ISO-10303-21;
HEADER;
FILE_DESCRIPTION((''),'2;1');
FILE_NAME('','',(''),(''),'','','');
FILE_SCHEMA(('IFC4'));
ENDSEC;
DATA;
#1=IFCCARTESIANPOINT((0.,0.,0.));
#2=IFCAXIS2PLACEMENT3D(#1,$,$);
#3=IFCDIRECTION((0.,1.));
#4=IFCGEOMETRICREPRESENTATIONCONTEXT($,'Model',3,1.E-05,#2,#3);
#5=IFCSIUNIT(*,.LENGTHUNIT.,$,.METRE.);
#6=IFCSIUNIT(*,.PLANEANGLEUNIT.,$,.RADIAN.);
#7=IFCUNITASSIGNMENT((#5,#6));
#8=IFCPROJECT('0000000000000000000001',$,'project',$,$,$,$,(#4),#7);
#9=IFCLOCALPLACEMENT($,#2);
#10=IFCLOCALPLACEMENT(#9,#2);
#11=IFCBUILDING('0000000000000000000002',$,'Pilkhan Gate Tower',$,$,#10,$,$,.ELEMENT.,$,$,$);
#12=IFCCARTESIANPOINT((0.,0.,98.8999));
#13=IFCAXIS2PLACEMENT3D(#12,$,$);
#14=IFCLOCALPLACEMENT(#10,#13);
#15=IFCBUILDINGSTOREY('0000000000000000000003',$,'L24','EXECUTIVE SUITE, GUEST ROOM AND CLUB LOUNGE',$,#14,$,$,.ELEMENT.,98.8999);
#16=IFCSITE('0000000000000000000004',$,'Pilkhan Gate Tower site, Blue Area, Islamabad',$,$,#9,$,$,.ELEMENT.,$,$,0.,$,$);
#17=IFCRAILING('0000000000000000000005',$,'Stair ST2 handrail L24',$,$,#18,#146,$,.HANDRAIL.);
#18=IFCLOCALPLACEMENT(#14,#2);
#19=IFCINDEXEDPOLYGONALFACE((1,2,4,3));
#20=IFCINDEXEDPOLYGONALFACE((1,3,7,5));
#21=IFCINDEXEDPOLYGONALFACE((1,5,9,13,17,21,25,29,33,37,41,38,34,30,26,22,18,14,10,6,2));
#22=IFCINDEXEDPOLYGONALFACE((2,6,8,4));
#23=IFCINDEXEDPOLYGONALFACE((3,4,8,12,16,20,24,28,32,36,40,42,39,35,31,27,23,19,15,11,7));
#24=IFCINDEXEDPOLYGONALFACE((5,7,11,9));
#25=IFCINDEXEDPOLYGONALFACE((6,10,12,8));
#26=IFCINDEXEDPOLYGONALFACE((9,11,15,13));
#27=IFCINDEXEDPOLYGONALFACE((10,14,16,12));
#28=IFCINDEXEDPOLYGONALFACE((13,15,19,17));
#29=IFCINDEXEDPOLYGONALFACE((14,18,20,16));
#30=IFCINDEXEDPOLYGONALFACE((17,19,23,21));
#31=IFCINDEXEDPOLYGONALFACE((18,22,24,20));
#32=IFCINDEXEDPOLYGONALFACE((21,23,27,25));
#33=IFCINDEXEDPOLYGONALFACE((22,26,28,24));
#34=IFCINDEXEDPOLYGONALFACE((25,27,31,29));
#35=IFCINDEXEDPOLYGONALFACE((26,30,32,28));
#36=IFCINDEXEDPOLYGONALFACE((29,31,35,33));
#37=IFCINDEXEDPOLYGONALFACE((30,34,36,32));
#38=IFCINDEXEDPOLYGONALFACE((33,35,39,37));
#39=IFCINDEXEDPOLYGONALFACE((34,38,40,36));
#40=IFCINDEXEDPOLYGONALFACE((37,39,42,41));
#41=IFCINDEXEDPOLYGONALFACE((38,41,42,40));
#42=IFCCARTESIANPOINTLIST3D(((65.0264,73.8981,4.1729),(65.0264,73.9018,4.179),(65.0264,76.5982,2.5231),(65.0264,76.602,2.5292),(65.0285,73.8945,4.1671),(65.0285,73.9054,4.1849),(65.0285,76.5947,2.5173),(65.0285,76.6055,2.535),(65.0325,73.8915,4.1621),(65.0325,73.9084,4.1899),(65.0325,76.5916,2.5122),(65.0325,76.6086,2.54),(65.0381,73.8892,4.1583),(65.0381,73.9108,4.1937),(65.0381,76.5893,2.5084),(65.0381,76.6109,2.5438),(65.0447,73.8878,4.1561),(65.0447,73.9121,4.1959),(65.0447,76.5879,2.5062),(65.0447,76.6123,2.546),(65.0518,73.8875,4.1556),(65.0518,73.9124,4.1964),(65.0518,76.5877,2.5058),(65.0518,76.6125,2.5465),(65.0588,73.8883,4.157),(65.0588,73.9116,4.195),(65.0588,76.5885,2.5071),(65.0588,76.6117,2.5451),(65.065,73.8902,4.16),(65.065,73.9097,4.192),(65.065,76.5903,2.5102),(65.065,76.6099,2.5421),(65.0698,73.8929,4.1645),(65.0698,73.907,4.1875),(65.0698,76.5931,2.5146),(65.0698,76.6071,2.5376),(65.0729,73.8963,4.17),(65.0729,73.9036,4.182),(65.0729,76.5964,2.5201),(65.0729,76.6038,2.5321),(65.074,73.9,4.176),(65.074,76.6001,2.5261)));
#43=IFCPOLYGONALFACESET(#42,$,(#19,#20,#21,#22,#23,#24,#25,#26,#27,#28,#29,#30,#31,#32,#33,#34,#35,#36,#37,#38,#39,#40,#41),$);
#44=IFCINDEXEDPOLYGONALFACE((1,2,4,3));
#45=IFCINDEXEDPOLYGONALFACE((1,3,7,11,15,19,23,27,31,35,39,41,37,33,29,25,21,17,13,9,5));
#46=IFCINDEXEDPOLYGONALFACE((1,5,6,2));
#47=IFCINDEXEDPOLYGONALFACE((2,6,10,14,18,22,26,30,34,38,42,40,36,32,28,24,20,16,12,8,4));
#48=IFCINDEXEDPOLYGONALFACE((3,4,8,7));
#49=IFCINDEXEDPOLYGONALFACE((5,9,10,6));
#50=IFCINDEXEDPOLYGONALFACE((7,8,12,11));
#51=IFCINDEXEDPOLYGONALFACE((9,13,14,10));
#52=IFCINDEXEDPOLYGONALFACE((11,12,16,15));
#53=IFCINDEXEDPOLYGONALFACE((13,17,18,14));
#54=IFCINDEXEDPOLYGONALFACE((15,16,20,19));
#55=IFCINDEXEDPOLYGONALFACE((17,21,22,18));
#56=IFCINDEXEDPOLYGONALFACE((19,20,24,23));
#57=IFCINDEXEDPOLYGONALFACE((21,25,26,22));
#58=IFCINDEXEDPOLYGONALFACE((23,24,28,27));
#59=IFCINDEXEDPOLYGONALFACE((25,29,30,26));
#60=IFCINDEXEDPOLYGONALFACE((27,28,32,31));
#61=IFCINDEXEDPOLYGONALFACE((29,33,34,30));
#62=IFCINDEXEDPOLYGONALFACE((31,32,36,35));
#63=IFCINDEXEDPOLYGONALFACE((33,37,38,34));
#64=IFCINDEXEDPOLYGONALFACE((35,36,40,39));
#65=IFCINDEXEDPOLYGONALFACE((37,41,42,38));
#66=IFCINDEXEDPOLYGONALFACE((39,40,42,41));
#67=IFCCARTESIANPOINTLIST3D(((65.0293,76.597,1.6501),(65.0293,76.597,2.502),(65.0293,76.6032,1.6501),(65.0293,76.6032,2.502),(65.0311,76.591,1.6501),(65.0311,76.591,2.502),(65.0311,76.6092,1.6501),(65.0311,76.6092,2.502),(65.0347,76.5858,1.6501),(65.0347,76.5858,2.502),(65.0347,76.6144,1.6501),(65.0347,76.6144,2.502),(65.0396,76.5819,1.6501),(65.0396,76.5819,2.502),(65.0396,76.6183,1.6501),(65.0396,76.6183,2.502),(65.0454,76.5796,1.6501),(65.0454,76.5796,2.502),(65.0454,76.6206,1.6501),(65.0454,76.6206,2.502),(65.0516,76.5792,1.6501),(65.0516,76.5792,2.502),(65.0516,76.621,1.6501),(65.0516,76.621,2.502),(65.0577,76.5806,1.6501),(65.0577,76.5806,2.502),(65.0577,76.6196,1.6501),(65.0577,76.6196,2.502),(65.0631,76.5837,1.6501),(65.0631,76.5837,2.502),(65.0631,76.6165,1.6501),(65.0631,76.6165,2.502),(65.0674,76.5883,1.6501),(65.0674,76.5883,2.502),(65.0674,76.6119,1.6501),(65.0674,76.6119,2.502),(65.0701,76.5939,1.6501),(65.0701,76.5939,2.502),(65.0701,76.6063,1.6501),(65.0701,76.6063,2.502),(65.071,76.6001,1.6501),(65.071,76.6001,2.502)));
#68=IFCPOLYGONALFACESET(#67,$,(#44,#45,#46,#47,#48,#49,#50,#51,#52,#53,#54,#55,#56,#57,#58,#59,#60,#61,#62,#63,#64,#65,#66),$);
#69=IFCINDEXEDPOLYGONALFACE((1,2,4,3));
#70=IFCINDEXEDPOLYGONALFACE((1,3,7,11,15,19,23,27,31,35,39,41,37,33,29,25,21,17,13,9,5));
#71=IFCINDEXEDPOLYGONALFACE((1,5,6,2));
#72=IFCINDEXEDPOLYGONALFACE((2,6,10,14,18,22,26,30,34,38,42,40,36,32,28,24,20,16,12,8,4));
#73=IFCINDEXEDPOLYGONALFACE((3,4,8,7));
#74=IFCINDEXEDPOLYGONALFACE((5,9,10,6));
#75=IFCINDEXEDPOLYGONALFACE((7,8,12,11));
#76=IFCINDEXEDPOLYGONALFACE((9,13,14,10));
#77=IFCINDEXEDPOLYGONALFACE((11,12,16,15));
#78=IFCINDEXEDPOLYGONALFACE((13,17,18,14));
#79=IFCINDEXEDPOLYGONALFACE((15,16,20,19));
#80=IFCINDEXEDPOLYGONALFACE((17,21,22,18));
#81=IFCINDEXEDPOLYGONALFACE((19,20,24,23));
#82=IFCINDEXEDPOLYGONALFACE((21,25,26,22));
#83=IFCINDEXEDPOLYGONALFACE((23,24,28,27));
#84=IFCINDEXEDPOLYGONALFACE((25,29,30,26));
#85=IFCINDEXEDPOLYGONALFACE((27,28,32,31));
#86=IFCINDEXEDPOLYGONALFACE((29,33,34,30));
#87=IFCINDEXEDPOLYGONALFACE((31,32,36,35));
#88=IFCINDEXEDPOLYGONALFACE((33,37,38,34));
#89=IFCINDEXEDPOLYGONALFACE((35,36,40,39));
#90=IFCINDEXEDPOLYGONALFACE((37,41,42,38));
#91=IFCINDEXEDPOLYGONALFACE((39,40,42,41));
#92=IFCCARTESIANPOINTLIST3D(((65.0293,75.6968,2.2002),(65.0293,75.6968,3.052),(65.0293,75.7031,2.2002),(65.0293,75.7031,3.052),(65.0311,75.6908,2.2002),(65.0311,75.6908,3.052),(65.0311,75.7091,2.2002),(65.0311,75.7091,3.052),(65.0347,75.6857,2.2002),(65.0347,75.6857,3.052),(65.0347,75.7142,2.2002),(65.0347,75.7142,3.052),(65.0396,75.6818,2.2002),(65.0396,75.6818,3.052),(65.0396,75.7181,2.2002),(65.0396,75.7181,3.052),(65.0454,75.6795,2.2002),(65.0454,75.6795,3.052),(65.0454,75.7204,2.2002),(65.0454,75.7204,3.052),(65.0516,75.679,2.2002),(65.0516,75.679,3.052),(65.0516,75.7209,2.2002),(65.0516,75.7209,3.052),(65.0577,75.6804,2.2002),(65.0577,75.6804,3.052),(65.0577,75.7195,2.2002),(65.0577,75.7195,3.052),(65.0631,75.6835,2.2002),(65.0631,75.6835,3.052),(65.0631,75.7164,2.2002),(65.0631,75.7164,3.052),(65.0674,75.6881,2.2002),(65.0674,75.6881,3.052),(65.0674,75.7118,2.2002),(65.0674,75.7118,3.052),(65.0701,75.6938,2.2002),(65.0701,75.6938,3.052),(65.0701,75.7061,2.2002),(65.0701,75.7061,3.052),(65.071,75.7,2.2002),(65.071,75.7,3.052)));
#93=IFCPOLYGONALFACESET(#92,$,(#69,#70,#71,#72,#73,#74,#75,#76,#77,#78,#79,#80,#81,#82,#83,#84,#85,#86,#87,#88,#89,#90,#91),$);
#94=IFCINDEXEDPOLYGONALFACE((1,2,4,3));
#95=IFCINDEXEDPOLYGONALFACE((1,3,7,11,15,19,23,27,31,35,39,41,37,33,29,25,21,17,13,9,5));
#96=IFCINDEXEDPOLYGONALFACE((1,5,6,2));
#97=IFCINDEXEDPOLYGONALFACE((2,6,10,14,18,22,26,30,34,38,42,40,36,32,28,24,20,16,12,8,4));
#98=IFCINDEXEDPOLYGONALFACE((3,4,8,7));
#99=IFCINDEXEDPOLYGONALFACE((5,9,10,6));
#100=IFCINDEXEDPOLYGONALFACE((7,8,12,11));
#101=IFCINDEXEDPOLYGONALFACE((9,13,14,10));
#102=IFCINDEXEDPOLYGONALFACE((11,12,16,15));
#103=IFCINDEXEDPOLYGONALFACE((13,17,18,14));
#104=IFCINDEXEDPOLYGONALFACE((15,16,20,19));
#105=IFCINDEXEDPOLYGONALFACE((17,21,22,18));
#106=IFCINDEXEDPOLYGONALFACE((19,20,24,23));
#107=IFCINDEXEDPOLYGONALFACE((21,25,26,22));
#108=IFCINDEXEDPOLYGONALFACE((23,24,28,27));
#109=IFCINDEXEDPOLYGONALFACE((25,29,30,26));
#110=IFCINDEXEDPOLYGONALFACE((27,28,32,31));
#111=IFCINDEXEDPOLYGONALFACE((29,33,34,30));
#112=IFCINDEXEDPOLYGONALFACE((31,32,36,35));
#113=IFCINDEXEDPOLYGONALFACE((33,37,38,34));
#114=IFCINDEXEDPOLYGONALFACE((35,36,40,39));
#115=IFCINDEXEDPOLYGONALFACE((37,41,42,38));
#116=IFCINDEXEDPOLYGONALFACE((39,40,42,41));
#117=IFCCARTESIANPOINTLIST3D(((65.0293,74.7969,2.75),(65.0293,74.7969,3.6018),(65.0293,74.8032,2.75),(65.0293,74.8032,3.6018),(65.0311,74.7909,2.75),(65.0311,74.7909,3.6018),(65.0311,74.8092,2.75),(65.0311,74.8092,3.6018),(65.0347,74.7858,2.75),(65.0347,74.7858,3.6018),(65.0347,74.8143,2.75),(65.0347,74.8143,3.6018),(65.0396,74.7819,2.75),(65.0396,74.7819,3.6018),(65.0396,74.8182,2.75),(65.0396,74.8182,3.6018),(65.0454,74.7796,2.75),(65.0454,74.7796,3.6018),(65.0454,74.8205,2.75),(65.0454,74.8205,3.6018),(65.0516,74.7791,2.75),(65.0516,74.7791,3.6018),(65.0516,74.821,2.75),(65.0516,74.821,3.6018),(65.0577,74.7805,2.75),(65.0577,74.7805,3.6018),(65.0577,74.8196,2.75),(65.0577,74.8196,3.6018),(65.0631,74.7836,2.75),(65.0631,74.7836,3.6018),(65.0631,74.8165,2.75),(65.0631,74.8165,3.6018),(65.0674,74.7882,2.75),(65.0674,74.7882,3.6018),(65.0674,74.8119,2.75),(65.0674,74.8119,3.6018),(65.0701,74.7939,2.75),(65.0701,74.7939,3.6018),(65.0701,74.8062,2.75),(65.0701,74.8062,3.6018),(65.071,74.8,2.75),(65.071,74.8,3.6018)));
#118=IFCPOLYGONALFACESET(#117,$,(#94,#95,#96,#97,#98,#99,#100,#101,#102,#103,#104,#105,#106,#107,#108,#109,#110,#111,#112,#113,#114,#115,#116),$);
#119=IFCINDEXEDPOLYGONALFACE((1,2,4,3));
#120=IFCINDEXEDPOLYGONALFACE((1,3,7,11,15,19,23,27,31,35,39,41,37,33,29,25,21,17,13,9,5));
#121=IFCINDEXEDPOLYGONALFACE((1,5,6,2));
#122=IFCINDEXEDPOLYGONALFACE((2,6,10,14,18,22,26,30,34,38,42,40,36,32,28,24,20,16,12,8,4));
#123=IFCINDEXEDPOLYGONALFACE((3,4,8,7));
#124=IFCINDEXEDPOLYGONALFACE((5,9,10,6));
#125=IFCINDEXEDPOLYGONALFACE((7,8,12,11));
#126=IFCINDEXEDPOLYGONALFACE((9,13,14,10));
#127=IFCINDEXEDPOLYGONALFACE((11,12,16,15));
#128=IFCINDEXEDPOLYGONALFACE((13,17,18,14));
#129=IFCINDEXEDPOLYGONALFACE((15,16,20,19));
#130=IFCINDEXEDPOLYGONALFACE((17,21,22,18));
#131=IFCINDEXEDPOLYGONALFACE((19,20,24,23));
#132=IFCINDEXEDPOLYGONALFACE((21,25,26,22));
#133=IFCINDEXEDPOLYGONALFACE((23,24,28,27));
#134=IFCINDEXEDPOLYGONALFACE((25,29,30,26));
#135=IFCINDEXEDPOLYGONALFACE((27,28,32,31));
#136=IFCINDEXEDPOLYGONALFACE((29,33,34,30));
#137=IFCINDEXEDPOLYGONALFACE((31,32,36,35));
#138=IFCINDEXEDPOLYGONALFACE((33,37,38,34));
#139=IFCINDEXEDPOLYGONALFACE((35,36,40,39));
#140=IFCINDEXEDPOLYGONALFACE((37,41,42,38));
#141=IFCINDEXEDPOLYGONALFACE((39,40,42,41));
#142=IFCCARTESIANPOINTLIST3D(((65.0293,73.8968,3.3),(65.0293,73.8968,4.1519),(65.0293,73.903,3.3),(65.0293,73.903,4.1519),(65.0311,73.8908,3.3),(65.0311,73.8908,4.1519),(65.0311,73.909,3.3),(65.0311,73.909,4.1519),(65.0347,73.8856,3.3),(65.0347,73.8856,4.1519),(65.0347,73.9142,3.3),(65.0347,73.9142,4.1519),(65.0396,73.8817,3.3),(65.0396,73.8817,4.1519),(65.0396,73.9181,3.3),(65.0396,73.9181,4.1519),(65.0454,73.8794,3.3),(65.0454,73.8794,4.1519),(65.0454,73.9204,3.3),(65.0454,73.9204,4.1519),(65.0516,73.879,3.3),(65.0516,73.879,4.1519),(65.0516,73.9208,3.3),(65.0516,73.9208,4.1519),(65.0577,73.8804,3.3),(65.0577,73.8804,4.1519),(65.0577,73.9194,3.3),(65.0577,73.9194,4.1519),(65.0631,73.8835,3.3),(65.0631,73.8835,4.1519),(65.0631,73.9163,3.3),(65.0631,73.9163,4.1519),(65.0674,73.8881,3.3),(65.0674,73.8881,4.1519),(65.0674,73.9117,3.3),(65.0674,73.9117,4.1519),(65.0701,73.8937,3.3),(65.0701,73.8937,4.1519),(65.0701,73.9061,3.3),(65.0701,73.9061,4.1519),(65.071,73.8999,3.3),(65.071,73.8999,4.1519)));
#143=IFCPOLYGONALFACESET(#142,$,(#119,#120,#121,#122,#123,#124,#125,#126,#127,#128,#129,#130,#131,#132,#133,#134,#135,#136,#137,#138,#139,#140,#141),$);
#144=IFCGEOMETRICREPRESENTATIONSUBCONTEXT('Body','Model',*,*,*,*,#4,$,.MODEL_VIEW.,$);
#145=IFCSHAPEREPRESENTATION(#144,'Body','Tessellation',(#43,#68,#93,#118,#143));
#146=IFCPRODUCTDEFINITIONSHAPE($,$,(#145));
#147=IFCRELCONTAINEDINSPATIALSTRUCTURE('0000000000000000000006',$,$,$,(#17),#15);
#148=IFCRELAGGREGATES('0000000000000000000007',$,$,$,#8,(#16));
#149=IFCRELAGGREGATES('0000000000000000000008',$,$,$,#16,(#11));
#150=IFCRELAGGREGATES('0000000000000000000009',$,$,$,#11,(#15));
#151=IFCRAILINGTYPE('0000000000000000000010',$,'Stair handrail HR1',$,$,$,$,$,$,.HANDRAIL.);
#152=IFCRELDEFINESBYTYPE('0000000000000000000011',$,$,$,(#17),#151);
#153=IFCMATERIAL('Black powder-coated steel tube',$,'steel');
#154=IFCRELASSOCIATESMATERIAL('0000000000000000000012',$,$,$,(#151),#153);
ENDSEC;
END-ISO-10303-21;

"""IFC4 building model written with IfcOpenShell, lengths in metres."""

from ifc_helpers import new_model, si_unit, direction, frame, origin, origin_2d, place, context, subcontext, project, spatial, circle, extrude, material, type_object, element, save


model = new_model("IFC4")

# Units and contexts
model_context = context("Model", 3, precision=1e-05, world=origin(), true_north=direction((0.0, 1.0)))
body_context = subcontext(model_context, "Body", "Model", "MODEL_VIEW")
ifc_project = project(units=[si_unit("LENGTHUNIT", "METRE"), si_unit("PLANEANGLEUNIT", "RADIAN")], contexts=[model_context])

# Site, building, storey
site_placement = place(None, origin())
site = spatial("IfcSite", under=ifc_project, at=site_placement, Name="Pilkhan Gate Tower site, Blue Area, Islamabad", CompositionType="ELEMENT", RefElevation=0.0)
building_placement = place(site_placement, origin())
building = spatial("IfcBuilding", under=site, at=building_placement, Name="Pilkhan Gate Tower", CompositionType="ELEMENT")
storey_placement = place(building_placement, frame((0.0, 0.0, 98.8999)))
storey = spatial("IfcBuildingStorey", under=building, at=storey_placement, Name="L24", Description="EXECUTIVE SUITE, GUEST ROOM AND CLUB LOUNGE", CompositionType="ELEMENT", Elevation=98.8999)

# Railing
ifc_material_1 = material(Name="Black powder-coated steel tube", Category="steel")
railing_type_1 = type_object("IfcRailingType", Name="Stair handrail HR1", PredefinedType="HANDRAIL", material=ifc_material_1)
railing_1_placement = place(storey_placement, frame((65.05, 76.6001, 1.6501)))
element("IfcRailing", 1, at=railing_1_placement, inside=storey, type_object=railing_type_1, Name="Stair ST2 handrail L24", PredefinedType="HANDRAIL", context=body_context, shape_type="SweptSolid", body=[
    extrude(circle(Radius=0.0239, at=origin_2d()), frame((0.0, 0.0, 0.876), z_axis=(0.0, -0.853312, 0.5214), x_axis=(1.0, 0.0, 0.0)), (0.0, 0.0, 1.0), 3.1643),
    extrude(circle(Radius=0.021, at=origin_2d()), origin(), (0.0, 0.0, 1.0), 0.8518),
    extrude(circle(Radius=0.021, at=origin_2d()), frame((0.0, -0.9001, 0.55)), (0.0, 0.0, 1.0), 0.8518),
    extrude(circle(Radius=0.021, at=origin_2d()), frame((0.0, -1.8, 1.0999)), (0.0, 0.0, 1.0), 0.8518),
    extrude(circle(Radius=0.021, at=origin_2d()), frame((0.0, -2.7002, 1.6499)), (0.0, 0.0, 1.0), 0.8518),
])

save(model, "model.ifc")
